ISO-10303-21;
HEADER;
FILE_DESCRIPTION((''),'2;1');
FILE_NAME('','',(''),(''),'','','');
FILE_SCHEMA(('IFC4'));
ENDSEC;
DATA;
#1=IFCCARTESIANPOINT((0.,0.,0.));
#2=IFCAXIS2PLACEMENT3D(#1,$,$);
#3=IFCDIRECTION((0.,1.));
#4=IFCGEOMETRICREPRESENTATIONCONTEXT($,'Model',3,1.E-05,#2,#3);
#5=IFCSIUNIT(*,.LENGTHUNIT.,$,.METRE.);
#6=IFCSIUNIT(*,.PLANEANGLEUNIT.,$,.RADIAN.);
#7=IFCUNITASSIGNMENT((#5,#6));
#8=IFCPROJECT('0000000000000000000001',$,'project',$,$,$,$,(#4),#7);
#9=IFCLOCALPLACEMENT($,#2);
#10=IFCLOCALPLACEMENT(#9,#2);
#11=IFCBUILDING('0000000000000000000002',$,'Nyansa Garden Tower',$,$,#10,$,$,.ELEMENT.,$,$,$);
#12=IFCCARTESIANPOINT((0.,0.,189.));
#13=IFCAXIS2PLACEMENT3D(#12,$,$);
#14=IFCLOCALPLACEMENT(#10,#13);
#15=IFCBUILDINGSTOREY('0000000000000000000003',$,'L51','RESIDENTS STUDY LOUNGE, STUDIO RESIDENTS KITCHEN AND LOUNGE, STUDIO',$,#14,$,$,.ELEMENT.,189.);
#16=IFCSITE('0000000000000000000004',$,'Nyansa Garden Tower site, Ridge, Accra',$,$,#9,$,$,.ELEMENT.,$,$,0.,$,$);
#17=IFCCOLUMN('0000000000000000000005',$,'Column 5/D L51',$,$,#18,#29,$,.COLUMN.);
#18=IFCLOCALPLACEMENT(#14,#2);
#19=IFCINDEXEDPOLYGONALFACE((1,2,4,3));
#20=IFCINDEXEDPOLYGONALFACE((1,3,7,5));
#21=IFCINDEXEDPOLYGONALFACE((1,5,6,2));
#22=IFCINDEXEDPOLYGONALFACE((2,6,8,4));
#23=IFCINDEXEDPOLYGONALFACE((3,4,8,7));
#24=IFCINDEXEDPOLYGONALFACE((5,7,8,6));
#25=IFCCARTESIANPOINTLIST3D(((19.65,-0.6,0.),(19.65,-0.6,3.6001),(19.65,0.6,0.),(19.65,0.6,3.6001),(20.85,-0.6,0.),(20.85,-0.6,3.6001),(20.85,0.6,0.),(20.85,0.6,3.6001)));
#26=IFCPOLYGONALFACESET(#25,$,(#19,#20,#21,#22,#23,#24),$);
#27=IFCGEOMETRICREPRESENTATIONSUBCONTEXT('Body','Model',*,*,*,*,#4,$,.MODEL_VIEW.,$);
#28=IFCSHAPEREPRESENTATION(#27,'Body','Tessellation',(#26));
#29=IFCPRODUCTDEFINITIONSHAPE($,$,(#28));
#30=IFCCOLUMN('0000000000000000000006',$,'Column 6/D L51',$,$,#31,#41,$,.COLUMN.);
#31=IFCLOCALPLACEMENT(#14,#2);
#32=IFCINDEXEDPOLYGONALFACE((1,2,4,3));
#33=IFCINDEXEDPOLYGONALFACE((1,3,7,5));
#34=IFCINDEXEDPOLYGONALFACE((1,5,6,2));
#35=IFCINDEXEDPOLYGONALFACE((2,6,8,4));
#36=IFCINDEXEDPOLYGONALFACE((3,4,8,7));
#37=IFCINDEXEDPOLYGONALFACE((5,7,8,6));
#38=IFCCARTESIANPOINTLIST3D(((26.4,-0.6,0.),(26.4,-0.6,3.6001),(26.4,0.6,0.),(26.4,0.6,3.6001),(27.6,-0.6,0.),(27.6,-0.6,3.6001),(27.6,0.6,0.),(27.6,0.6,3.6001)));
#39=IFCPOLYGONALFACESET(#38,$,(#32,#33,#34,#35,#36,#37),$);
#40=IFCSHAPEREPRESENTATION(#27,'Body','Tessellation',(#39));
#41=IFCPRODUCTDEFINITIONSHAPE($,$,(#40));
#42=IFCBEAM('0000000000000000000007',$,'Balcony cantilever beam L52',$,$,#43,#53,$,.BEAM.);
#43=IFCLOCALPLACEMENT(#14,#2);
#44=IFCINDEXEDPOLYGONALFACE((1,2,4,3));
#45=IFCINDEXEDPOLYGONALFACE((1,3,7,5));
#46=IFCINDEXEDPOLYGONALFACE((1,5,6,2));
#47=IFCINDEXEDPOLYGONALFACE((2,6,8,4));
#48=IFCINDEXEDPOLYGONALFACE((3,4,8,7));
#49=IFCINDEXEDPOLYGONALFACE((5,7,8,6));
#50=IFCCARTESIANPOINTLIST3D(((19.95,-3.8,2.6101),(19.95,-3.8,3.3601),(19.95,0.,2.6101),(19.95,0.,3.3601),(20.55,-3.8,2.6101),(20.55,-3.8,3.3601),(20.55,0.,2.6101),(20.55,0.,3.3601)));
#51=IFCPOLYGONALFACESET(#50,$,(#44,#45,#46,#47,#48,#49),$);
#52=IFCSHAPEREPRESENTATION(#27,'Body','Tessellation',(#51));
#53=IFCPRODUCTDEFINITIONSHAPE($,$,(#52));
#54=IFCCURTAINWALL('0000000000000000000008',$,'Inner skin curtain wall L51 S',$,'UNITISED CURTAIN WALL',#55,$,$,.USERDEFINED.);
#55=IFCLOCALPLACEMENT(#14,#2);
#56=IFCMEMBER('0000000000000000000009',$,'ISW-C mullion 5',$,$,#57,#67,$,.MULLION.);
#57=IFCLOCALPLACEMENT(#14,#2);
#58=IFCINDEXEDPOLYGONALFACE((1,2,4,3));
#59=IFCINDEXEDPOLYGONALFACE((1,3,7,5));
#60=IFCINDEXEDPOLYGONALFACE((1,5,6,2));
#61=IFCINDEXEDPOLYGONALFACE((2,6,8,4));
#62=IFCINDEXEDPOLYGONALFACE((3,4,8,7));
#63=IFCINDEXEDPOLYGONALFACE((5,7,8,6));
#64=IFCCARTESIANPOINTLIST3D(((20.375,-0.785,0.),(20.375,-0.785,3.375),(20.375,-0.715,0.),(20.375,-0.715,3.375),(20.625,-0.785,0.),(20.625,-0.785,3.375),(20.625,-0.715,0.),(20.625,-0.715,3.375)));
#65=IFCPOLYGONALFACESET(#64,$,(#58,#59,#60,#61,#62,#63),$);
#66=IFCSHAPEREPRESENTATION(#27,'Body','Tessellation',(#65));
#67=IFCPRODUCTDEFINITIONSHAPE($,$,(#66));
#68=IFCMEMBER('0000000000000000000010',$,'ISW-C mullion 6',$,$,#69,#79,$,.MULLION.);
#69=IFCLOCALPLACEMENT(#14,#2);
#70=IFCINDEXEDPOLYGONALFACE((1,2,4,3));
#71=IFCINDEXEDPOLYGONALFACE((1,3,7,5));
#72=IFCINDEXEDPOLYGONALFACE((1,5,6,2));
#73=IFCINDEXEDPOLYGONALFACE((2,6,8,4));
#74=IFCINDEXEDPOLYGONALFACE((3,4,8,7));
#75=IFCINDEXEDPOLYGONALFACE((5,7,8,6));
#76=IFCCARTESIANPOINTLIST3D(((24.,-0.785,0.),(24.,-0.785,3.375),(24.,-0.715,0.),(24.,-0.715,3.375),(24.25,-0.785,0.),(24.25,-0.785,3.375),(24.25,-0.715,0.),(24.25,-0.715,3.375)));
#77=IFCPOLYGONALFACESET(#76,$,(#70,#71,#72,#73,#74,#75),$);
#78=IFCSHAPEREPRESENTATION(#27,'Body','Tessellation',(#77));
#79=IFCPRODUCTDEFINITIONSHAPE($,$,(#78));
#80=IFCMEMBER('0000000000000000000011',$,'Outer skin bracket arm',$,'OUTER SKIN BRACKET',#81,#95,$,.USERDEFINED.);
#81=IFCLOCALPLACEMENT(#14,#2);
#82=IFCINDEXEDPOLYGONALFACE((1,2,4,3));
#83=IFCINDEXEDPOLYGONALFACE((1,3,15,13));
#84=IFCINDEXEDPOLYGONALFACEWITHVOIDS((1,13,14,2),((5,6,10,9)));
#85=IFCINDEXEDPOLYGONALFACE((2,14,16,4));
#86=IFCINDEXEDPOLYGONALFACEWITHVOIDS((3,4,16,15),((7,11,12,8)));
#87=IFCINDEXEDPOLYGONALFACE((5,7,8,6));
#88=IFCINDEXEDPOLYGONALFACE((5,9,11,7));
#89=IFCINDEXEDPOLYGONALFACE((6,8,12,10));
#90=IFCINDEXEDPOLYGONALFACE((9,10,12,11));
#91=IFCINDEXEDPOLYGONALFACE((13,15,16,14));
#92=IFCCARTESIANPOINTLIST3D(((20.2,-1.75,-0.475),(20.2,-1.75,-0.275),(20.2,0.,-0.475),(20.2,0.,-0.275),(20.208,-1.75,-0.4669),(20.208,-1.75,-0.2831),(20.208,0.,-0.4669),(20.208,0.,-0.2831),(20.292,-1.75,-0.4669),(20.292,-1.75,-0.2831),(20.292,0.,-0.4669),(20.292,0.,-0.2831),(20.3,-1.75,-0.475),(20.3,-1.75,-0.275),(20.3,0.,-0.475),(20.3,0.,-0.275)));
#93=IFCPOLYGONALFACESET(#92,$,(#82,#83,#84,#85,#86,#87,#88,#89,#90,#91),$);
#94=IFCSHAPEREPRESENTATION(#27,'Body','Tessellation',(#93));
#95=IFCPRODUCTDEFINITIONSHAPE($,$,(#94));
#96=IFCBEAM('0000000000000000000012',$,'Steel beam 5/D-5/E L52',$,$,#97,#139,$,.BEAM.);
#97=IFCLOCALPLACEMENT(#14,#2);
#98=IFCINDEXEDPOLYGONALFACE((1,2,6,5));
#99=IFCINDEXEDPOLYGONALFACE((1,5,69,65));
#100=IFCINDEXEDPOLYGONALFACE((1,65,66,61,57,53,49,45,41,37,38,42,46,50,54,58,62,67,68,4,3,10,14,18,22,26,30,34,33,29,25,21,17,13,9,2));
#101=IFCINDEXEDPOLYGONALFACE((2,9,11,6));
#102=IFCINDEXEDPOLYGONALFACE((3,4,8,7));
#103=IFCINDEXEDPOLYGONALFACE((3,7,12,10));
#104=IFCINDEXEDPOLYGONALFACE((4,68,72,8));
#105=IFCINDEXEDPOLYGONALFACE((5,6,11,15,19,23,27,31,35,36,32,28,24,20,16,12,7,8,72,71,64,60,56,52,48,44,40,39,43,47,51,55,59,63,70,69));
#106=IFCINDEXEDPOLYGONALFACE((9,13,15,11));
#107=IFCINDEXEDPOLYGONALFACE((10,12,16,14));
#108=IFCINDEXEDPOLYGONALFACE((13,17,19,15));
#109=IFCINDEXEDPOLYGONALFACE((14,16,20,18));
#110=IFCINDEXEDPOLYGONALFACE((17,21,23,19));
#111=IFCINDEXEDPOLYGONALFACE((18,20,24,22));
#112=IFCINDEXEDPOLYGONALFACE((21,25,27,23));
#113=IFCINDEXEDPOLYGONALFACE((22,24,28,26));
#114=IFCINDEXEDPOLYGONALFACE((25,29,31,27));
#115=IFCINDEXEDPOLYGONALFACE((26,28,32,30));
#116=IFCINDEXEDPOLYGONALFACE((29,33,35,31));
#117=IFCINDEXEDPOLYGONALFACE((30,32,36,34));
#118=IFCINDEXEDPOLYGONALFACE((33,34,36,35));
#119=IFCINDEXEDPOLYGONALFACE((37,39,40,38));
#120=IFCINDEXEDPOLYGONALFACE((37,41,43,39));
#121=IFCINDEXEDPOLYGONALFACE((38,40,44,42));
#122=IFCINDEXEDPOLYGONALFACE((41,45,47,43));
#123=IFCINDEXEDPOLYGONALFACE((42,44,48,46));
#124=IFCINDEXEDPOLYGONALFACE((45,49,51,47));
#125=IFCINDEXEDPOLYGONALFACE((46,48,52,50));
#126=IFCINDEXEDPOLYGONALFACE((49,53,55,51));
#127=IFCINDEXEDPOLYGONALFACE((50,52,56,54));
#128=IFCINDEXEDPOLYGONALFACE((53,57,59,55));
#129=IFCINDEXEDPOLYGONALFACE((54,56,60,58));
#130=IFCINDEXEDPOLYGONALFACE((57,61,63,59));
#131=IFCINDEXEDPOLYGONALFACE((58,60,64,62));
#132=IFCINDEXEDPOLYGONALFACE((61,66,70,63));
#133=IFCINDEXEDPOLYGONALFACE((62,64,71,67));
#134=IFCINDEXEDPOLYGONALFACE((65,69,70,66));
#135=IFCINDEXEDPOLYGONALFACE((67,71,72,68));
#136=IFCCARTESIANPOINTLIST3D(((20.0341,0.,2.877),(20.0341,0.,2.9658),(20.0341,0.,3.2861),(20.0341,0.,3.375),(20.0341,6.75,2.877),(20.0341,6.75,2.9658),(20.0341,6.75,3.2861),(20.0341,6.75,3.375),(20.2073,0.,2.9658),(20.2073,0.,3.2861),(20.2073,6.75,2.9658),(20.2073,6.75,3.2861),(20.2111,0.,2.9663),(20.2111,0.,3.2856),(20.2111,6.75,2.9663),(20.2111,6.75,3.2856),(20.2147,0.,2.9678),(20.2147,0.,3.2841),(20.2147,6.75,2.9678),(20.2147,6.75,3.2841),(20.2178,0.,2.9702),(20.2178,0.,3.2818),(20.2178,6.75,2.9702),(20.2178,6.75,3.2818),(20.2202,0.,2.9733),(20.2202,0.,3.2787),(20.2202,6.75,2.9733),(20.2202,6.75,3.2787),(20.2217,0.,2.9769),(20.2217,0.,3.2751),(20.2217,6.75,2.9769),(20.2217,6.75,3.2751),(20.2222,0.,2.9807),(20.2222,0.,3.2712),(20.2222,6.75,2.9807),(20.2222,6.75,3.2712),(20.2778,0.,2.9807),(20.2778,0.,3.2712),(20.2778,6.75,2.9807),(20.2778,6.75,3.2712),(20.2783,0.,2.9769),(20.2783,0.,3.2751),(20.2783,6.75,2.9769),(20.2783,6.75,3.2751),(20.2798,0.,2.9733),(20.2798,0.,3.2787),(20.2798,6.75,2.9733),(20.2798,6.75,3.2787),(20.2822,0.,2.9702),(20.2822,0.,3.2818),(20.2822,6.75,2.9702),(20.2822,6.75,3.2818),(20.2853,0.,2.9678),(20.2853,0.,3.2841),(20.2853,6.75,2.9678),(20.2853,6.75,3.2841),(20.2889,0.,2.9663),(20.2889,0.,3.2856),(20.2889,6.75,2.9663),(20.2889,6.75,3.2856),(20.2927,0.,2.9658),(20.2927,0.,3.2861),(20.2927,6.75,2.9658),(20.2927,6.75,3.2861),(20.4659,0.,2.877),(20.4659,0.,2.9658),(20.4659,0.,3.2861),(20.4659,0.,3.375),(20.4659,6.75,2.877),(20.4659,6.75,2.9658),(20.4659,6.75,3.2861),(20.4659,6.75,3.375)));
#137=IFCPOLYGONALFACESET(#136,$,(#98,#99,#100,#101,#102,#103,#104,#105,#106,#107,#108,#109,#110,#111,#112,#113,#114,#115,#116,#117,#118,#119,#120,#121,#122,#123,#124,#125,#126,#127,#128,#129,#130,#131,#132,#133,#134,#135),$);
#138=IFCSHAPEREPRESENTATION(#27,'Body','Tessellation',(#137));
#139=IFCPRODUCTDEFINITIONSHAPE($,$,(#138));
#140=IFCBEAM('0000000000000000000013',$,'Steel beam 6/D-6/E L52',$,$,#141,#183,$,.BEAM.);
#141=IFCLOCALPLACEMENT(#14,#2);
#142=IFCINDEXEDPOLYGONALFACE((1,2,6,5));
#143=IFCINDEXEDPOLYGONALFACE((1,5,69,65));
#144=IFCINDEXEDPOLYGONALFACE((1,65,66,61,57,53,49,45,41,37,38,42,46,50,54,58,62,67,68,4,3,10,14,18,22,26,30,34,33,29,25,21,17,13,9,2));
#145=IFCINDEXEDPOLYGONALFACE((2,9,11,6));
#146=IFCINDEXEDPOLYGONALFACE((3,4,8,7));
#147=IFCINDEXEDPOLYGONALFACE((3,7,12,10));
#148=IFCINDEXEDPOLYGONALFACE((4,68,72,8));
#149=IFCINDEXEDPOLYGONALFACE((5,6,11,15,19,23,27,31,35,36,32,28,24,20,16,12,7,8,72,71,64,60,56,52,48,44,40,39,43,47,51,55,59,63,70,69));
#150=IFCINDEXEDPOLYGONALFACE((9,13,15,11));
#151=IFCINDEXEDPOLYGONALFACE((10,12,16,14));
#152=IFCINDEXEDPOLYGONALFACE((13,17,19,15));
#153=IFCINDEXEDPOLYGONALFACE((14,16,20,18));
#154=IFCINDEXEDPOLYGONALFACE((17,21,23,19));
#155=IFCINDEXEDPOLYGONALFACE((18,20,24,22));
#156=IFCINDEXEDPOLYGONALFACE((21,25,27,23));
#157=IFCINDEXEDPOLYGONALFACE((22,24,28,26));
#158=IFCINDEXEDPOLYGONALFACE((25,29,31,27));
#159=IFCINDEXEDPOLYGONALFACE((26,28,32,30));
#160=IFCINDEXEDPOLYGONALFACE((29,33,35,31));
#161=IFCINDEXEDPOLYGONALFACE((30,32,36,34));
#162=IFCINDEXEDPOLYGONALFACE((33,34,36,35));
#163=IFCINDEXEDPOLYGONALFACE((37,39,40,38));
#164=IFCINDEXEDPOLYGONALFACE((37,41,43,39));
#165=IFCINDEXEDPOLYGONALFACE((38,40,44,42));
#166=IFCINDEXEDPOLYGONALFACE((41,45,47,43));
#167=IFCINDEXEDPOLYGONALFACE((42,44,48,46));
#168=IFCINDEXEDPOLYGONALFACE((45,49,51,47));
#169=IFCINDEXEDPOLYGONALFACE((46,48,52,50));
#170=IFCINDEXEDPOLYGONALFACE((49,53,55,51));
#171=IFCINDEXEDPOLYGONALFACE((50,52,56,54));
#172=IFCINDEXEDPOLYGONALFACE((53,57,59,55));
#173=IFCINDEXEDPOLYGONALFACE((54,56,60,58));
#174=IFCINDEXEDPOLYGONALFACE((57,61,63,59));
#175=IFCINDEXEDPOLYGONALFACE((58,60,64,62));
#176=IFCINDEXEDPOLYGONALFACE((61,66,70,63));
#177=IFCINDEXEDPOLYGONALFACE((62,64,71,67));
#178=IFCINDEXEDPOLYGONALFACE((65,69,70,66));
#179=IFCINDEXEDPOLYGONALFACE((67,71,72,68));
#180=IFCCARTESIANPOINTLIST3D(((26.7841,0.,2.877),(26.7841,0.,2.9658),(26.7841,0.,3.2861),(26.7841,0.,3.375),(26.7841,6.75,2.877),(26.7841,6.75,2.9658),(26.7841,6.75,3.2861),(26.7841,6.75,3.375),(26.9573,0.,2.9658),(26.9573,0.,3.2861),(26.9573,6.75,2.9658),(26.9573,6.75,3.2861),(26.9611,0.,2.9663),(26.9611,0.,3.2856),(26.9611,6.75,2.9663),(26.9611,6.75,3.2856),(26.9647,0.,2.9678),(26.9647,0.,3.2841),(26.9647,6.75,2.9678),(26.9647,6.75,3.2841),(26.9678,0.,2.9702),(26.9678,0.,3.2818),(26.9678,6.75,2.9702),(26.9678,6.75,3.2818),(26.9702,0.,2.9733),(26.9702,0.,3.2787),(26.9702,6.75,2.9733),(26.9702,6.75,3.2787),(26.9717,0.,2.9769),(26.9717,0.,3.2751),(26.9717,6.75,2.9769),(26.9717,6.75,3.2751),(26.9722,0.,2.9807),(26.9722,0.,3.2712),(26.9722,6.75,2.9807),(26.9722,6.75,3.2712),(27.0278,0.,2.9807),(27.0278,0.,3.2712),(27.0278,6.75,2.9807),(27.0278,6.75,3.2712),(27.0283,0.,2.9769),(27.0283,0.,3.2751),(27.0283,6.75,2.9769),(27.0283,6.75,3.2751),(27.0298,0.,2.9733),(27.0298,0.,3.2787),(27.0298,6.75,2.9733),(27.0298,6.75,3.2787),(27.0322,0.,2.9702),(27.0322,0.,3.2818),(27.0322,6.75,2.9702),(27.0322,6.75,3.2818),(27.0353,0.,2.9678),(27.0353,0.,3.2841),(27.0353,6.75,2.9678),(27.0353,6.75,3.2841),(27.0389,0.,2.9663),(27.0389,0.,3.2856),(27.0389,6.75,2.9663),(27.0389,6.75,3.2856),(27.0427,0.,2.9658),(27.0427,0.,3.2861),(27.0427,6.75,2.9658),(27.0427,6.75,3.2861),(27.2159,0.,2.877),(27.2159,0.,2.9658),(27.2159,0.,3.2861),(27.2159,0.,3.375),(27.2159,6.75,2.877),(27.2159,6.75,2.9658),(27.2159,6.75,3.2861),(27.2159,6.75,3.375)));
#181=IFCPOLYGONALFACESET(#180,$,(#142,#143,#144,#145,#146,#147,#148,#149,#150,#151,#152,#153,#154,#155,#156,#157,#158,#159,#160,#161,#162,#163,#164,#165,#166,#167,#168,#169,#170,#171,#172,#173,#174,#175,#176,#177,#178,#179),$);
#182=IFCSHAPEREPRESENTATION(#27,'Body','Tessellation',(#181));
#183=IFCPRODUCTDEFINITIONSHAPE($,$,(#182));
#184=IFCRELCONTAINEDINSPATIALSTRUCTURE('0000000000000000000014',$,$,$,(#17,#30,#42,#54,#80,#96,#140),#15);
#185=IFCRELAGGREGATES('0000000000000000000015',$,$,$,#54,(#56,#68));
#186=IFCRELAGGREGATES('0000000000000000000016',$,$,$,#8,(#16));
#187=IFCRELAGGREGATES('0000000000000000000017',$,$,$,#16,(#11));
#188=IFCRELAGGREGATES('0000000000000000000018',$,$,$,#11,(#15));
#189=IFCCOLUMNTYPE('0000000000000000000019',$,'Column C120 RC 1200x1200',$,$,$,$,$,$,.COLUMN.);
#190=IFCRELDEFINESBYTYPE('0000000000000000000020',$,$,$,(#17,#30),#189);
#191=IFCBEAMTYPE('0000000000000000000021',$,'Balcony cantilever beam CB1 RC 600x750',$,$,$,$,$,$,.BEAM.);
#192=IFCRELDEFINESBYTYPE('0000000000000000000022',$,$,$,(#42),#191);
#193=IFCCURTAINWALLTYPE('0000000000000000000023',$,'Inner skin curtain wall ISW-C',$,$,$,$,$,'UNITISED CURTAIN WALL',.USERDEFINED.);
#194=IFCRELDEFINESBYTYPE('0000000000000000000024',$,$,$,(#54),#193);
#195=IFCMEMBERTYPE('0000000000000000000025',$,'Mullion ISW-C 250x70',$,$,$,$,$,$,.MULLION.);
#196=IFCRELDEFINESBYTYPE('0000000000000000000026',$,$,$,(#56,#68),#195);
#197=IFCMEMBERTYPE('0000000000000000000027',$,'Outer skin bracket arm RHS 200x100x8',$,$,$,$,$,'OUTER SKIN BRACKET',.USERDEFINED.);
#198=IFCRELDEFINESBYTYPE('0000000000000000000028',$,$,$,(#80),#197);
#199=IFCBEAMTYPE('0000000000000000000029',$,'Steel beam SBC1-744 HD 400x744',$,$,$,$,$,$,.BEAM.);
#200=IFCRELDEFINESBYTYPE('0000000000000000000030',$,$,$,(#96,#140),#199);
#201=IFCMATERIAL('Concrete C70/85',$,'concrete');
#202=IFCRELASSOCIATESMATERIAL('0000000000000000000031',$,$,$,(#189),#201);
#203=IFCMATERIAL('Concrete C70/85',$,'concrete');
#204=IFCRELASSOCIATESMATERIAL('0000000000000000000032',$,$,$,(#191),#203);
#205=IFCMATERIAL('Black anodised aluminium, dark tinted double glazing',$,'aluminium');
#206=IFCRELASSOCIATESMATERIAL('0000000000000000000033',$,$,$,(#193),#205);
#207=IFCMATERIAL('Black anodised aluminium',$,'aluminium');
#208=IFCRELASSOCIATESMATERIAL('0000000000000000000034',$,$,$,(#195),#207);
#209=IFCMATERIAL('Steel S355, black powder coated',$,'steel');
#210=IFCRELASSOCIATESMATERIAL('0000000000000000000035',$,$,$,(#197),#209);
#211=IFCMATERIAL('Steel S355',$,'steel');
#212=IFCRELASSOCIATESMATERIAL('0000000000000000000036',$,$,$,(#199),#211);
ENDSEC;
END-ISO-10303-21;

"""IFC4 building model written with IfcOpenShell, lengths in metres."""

from ifc_helpers import new_model, si_unit, direction, frame, origin, origin_2d, place, context, subcontext, project, spatial, rectangle, hollow_rectangle, i_section, extrude, material, material_profile, profile_set, type_object, element, aggregate, save


model = new_model("IFC4")

# Units and contexts
model_context = context("Model", 3, precision=1e-05, world=origin(), true_north=direction((0.0, 1.0)))
body_context = subcontext(model_context, "Body", "Model", "MODEL_VIEW")
ifc_project = project(units=[si_unit("LENGTHUNIT", "METRE"), si_unit("PLANEANGLEUNIT", "RADIAN")], contexts=[model_context])

# Site, building, storey
site_placement = place(None, origin())
site = spatial("IfcSite", under=ifc_project, at=site_placement, Name="Nyansa Garden Tower site, Ridge, Accra", CompositionType="ELEMENT", RefElevation=0.0)
building_placement = place(site_placement, origin())
building = spatial("IfcBuilding", under=site, at=building_placement, Name="Nyansa Garden Tower", CompositionType="ELEMENT")
storey_placement = place(building_placement, frame((0.0, 0.0, 189.0)))
storey = spatial("IfcBuildingStorey", under=building, at=storey_placement, Name="L51", Description="RESIDENTS STUDY LOUNGE, STUDIO RESIDENTS KITCHEN AND LOUNGE, STUDIO", CompositionType="ELEMENT", Elevation=189.0)

# Columns
ifc_material_1 = material(Name="Concrete C70/85", Category="concrete")
ifc_material_profile_1 = material_profile(ifc_material_1, rectangle(XDim=1.2, YDim=1.2, at=origin_2d()), Name="RC 1200x1200")
ifc_profile_set_1 = profile_set([ifc_material_profile_1], Name="Concrete C70/85")
column_type = type_object("IfcColumnType", Name="Column C120 RC 1200x1200", PredefinedType="COLUMN", material=ifc_profile_set_1)
for number, where, z_axis, x_axis, name in (
    (1, (20.25, 0.0, 0.0), (0.0, 0.0, 1.0), (1.0, 0.0, 0.0), "Column 5/D L51"),
    (2, (27.0, 0.0, 0.0), (0.0, 0.0, 1.0), (1.0, 0.0, 0.0), "Column 6/D L51"),
):
    element("IfcColumn", number, at=place(storey_placement, frame(where, z_axis=z_axis, x_axis=x_axis)), inside=storey, type_object=column_type, Name=name, PredefinedType="COLUMN", context=body_context, shape_type="SweptSolid", body=[
        extrude(rectangle(XDim=1.2, YDim=1.2, at=origin_2d()), origin(), (0.0, 0.0, 1.0), 3.6001),
    ])

# Beam
ifc_material_2 = material(Name="Concrete C70/85", Category="concrete")
ifc_material_profile_2 = material_profile(ifc_material_2, rectangle(XDim=0.6001, YDim=0.75, at=origin_2d()), Name="RC 600x750")
ifc_profile_set_2 = profile_set([ifc_material_profile_2], Name="Concrete C70/85")
beam_type_1 = type_object("IfcBeamType", Name="Balcony cantilever beam CB1 RC 600x750", PredefinedType="BEAM", material=ifc_profile_set_2)
beam_1_placement = place(storey_placement, frame((20.25, 0.0, 2.9851), z_axis=(0.0, -1.0, 0.0), x_axis=(1.0, 0.0, 0.0)))
element("IfcBeam", 3, at=beam_1_placement, inside=storey, type_object=beam_type_1, Name="Balcony cantilever beam L52", PredefinedType="BEAM", context=body_context, shape_type="SweptSolid", body=[
    extrude(rectangle(XDim=0.6001, YDim=0.75, at=origin_2d()), origin(), (0.0, 0.0, 1.0), 3.8),
])

# Curtain wall, members
ifc_material_3 = material(Name="Black anodised aluminium, dark tinted double glazing", Category="aluminium")
curtain_wall_type = type_object("IfcCurtainWallType", Name="Inner skin curtain wall ISW-C", ElementType="UNITISED CURTAIN WALL", PredefinedType="USERDEFINED", material=ifc_material_3)
curtain_wall_placement = place(storey_placement, origin())
curtain_wall = element("IfcCurtainWall", 4, at=curtain_wall_placement, inside=storey, type_object=curtain_wall_type, Name="Inner skin curtain wall L51 S", ObjectType="UNITISED CURTAIN WALL", PredefinedType="USERDEFINED")
ifc_material_4 = material(Name="Black anodised aluminium", Category="aluminium")
ifc_material_profile_3 = material_profile(ifc_material_4, rectangle(XDim=0.0701, YDim=0.25, at=origin_2d()), Name="Mullion 250x70")
ifc_profile_set_3 = profile_set([ifc_material_profile_3], Name="Black anodised aluminium")
member_type_1 = type_object("IfcMemberType", Name="Mullion ISW-C 250x70", PredefinedType="MULLION", material=ifc_profile_set_3)
member_1_placement = place(storey_placement, frame((20.5, -0.75, 0.0), z_axis=(0.0, 0.0, 1.0), x_axis=(0.0, 1.0, 0.0)))
member_1 = element("IfcMember", 5, at=member_1_placement, type_object=member_type_1, Name="ISW-C mullion 5", PredefinedType="MULLION", context=body_context, shape_type="SweptSolid", body=[
    extrude(rectangle(XDim=0.0701, YDim=0.25, at=origin_2d()), origin(), (0.0, 0.0, 1.0), 3.375),
])
member_2_placement = place(storey_placement, frame((24.125, -0.75, 0.0), z_axis=(0.0, 0.0, 1.0), x_axis=(0.0, 1.0, 0.0)))
member_2 = element("IfcMember", 6, at=member_2_placement, type_object=member_type_1, Name="ISW-C mullion 6", PredefinedType="MULLION", context=body_context, shape_type="SweptSolid", body=[
    extrude(rectangle(XDim=0.0701, YDim=0.25, at=origin_2d()), origin(), (0.0, 0.0, 1.0), 3.375),
])

# Member
ifc_material_5 = material(Name="Steel S355, black powder coated", Category="steel")
ifc_material_profile_4 = material_profile(ifc_material_5, hollow_rectangle(XDim=0.1001, YDim=0.2, WallThickness=0.0081, at=origin_2d()), Name="RHS 200x100x8")
ifc_profile_set_4 = profile_set([ifc_material_profile_4], Name="Steel S355, black powder coated")
member_type_2 = type_object("IfcMemberType", Name="Outer skin bracket arm RHS 200x100x8", ElementType="OUTER SKIN BRACKET", PredefinedType="USERDEFINED", material=ifc_profile_set_4)
member_3_placement = place(storey_placement, frame((20.25, 0.0, -0.375), z_axis=(0.0, -1.0, 0.0), x_axis=(1.0, 0.0, 0.0)))
element("IfcMember", 7, at=member_3_placement, inside=storey, type_object=member_type_2, Name="Outer skin bracket arm", ObjectType="OUTER SKIN BRACKET", PredefinedType="USERDEFINED", context=body_context, shape_type="SweptSolid", body=[
    extrude(hollow_rectangle(XDim=0.1001, YDim=0.2, WallThickness=0.0081, at=origin_2d()), origin(), (0.0, 0.0, 1.0), 1.75),
])

# Beams
ifc_material_6 = material(Name="Steel S355", Category="steel")
ifc_material_profile_5 = material_profile(ifc_material_6, i_section(OverallWidth=0.4319, OverallDepth=0.498, WebThickness=0.0557, FlangeThickness=0.0889, FilletRadius=0.0149, at=origin_2d()), Name="HD 400x744")
ifc_profile_set_5 = profile_set([ifc_material_profile_5], Name="Steel S355")
beam_type_2 = type_object("IfcBeamType", Name="Steel beam SBC1-744 HD 400x744", PredefinedType="BEAM", material=ifc_profile_set_5)
for number, where, z_axis, x_axis, name in (
    (8, (20.25, 0.0, 3.126), (0.0, 1.0, 0.0), (-1.0, 0.0, 0.0), "Steel beam 5/D-5/E L52"),
    (9, (27.0, 0.0, 3.126), (0.0, 1.0, 0.0), (-1.0, 0.0, 0.0), "Steel beam 6/D-6/E L52"),
):
    element("IfcBeam", number, at=place(storey_placement, frame(where, z_axis=z_axis, x_axis=x_axis)), inside=storey, type_object=beam_type_2, Name=name, PredefinedType="BEAM", context=body_context, shape_type="SweptSolid", body=[
        extrude(i_section(OverallWidth=0.4319, OverallDepth=0.498, WebThickness=0.0557, FlangeThickness=0.0889, FilletRadius=0.0149, at=origin_2d()), origin(), (0.0, 0.0, 1.0), 6.75),
    ])

aggregate(curtain_wall, [member_1, member_2])

save(model, "model.ifc")
